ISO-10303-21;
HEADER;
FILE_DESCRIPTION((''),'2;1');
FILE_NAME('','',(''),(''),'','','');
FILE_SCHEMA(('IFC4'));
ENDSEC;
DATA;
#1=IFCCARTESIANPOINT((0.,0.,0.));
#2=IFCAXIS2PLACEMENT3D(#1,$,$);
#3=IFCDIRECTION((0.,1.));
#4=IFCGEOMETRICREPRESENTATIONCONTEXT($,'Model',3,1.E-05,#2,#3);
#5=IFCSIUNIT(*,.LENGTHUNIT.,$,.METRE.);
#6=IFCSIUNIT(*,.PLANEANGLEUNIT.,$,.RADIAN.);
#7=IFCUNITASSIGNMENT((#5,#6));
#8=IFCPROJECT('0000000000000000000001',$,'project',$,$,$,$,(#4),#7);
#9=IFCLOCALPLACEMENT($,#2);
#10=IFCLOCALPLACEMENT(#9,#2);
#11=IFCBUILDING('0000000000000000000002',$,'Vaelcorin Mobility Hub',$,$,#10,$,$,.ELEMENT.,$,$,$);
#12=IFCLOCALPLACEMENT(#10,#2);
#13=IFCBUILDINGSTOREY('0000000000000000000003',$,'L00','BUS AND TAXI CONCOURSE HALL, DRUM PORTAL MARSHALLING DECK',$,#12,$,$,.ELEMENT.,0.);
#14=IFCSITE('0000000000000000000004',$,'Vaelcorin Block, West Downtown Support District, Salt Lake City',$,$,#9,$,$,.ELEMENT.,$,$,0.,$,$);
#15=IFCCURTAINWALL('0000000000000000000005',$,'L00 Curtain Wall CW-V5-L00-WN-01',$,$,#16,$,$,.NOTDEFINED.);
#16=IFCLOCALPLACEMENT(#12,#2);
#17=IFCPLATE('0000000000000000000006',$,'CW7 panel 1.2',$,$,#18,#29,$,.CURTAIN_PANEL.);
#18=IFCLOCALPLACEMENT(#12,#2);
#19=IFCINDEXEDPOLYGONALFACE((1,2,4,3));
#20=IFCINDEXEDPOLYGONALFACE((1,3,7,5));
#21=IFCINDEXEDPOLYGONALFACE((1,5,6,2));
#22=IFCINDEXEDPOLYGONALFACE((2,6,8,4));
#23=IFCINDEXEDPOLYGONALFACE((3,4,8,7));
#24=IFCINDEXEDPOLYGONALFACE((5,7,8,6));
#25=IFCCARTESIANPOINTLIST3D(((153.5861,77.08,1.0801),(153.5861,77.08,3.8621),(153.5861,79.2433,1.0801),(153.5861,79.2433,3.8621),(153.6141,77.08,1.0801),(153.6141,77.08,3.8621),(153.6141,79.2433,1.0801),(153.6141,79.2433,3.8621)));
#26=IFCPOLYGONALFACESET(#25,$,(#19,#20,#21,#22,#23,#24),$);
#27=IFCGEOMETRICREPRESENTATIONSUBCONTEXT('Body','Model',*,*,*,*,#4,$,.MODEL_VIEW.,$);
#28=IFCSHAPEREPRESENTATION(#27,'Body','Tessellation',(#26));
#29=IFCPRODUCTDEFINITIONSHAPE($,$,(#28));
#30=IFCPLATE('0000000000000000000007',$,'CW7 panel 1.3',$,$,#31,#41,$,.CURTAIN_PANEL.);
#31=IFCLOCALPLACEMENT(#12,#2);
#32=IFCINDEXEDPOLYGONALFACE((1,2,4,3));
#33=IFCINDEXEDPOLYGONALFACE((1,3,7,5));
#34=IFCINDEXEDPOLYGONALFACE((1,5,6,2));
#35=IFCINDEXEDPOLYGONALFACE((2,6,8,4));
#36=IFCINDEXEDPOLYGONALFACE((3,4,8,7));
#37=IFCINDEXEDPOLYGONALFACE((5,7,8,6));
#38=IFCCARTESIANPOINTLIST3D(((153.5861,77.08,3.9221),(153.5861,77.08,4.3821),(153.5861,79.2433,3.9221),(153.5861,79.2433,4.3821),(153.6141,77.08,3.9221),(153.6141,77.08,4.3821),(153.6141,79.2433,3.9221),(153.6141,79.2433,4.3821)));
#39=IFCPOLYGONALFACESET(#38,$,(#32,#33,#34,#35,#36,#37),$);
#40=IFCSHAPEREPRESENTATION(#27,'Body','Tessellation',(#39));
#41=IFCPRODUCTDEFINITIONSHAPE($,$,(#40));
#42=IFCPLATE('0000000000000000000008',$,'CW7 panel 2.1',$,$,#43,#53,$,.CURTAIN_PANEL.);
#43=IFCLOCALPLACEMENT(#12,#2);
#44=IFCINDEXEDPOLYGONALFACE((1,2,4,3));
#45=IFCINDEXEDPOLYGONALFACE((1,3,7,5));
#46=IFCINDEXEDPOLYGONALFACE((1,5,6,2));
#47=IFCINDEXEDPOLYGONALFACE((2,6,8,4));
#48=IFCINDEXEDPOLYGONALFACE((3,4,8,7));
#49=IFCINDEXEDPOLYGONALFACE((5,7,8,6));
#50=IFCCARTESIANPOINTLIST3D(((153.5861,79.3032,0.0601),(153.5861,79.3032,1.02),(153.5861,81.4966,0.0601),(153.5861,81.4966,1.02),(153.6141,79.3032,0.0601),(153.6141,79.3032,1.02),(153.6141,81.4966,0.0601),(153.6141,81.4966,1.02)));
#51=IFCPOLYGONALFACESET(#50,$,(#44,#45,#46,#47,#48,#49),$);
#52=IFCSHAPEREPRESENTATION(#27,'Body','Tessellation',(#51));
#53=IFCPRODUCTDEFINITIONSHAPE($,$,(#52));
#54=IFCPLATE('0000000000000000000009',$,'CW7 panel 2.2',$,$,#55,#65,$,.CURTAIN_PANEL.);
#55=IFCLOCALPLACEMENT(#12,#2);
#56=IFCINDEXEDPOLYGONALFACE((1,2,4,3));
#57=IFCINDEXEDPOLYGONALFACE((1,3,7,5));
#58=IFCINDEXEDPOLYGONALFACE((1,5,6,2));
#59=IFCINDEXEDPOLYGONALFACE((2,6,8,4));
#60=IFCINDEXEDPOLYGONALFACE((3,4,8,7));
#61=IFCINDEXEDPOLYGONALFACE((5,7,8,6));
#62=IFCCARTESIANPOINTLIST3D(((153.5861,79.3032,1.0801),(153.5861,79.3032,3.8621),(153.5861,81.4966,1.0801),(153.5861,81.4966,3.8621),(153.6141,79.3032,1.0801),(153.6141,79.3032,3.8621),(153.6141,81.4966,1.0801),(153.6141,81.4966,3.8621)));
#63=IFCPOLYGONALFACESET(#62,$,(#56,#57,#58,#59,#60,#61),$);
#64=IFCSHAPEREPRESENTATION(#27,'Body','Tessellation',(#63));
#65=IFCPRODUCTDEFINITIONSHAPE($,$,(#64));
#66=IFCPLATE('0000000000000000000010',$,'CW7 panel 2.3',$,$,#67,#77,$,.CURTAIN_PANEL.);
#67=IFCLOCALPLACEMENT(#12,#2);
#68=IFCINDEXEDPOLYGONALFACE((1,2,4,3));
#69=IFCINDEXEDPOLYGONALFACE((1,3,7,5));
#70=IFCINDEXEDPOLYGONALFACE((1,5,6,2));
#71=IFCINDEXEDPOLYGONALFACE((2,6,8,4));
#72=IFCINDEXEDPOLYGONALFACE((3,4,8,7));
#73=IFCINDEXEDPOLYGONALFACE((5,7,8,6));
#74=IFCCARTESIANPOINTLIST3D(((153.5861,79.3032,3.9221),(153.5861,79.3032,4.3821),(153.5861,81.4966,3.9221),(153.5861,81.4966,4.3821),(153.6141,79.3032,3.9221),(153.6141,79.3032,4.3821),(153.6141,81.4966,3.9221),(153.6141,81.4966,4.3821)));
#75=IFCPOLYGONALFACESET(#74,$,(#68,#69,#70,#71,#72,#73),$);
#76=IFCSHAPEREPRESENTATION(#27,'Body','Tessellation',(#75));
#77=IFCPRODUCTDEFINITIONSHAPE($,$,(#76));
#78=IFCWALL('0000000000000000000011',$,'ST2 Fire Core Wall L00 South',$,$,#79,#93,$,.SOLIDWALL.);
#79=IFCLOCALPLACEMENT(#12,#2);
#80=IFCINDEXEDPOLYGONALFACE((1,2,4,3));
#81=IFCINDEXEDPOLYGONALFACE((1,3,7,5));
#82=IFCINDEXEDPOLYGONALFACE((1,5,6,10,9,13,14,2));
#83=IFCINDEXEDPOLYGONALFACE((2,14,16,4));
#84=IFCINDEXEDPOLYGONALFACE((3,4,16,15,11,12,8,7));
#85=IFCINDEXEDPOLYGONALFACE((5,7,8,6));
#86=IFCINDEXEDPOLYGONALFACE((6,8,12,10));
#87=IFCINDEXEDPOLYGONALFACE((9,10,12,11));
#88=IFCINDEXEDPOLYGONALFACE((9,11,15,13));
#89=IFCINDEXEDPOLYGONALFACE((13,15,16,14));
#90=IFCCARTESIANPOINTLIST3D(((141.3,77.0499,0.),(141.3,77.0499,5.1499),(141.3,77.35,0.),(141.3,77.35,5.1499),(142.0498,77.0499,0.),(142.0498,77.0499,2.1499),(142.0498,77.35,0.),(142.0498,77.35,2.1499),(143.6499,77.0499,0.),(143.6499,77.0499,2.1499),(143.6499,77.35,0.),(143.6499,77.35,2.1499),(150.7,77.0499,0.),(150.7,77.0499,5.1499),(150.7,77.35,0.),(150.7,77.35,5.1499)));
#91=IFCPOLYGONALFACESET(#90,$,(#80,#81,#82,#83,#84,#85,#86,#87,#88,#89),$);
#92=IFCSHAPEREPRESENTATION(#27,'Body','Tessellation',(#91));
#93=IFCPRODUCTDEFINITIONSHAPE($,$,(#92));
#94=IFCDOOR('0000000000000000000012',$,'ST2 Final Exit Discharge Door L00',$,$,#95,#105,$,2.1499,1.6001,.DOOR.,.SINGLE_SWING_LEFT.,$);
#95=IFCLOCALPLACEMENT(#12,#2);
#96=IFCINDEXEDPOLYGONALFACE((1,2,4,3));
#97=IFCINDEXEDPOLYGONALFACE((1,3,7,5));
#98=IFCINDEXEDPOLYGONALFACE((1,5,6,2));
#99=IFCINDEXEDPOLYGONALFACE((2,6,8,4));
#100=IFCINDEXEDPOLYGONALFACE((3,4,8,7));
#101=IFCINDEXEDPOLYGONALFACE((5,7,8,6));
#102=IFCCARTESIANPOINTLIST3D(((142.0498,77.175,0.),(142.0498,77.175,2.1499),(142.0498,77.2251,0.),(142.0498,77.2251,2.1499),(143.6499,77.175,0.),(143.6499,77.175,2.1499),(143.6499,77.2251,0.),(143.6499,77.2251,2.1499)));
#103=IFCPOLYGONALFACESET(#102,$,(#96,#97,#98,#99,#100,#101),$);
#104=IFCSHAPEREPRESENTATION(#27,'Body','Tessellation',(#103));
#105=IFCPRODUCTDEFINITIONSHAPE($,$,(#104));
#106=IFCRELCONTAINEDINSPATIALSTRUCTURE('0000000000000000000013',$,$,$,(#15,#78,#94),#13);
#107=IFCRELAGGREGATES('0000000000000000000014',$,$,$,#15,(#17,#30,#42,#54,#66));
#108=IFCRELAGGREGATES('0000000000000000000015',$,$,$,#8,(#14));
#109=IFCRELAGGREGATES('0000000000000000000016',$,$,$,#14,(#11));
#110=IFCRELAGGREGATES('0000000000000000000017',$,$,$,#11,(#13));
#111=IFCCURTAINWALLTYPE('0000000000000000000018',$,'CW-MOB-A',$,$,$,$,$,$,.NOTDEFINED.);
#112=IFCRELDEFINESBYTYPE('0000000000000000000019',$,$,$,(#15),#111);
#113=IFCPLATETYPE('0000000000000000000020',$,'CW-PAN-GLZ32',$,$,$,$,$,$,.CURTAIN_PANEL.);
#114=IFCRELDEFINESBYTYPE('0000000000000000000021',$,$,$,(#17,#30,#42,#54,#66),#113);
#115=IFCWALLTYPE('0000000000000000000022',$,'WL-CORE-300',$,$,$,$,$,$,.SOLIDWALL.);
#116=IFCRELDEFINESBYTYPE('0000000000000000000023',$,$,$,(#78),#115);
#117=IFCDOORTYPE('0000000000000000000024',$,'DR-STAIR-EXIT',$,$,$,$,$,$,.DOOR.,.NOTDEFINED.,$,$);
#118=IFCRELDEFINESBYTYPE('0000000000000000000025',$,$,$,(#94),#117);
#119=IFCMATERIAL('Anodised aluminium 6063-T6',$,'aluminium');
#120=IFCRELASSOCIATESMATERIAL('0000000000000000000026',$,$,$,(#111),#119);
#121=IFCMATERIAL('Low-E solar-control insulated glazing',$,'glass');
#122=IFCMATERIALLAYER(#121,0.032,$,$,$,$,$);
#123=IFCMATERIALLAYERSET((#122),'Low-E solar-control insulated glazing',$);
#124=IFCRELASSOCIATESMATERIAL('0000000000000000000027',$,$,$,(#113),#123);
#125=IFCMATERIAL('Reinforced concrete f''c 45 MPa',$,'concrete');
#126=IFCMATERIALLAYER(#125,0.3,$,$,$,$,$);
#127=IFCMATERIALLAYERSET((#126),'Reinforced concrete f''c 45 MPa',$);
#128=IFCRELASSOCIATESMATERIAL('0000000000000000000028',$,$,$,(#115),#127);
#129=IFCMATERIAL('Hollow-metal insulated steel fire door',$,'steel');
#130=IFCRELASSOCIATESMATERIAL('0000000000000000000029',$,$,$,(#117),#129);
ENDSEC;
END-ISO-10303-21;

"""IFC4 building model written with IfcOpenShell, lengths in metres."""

from ifc_helpers import new_model, si_unit, direction, frame, frame_2d, origin, origin_2d, place, context, subcontext, project, spatial, rectangle, extrude, material, layer, layer_set, type_object, element, fill, aggregate, save


model = new_model("IFC4")

# Units and contexts
model_context = context("Model", 3, precision=1e-05, world=origin(), true_north=direction((0.0, 1.0)))
body_context = subcontext(model_context, "Body", "Model", "MODEL_VIEW")
ifc_project = project(units=[si_unit("LENGTHUNIT", "METRE"), si_unit("PLANEANGLEUNIT", "RADIAN")], contexts=[model_context])

# Site, building, storey
site_placement = place(None, origin())
site = spatial("IfcSite", under=ifc_project, at=site_placement, Name="Vaelcorin Block, West Downtown Support District, Salt Lake City", CompositionType="ELEMENT", RefElevation=0.0)
building_placement = place(site_placement, origin())
building = spatial("IfcBuilding", under=site, at=building_placement, Name="Vaelcorin Mobility Hub", CompositionType="ELEMENT")
storey_placement = place(building_placement, origin())
storey = spatial("IfcBuildingStorey", under=building, at=storey_placement, Name="L00", Description="BUS AND TAXI CONCOURSE HALL, DRUM PORTAL MARSHALLING DECK", CompositionType="ELEMENT", Elevation=0.0)

# Curtain wall, plates
ifc_material_1 = material(Name="Anodised aluminium 6063-T6", Category="aluminium")
curtain_wall_type = type_object("IfcCurtainWallType", Name="CW-MOB-A", PredefinedType="NOTDEFINED", material=ifc_material_1)
curtain_wall_placement = place(storey_placement, origin())
curtain_wall = element("IfcCurtainWall", 1, at=curtain_wall_placement, inside=storey, type_object=curtain_wall_type, Name="L00 Curtain Wall CW-V5-L00-WN-01", PredefinedType="NOTDEFINED")
ifc_material_2 = material(Name="Low-E solar-control insulated glazing", Category="glass")
ifc_layer_1 = layer(ifc_material_2, 0.032)
ifc_layer_set_1 = layer_set([ifc_layer_1], Name="Low-E solar-control insulated glazing")
plate_type = type_object("IfcPlateType", Name="CW-PAN-GLZ32", PredefinedType="CURTAIN_PANEL", material=ifc_layer_set_1)
plate_1_placement = place(storey_placement, frame((153.6001, 78.1616, 1.0801), z_axis=(0.0, 0.0, 1.0), x_axis=(0.0, 1.0, 0.0)))
plate_1 = element("IfcPlate", 2, at=plate_1_placement, type_object=plate_type, Name="CW7 panel 1.2", PredefinedType="CURTAIN_PANEL", context=body_context, shape_type="SweptSolid", body=[
    extrude(rectangle(XDim=2.1633, YDim=0.0281, at=origin_2d()), origin(), (0.0, 0.0, 1.0), 2.782),
])
plate_2_placement = place(storey_placement, frame((153.6001, 78.1616, 3.9221), z_axis=(0.0, 0.0, 1.0), x_axis=(0.0, 1.0, 0.0)))
plate_2 = element("IfcPlate", 3, at=plate_2_placement, type_object=plate_type, Name="CW7 panel 1.3", PredefinedType="CURTAIN_PANEL", context=body_context, shape_type="SweptSolid", body=[
    extrude(rectangle(XDim=2.1633, YDim=0.0281, at=origin_2d()), origin(), (0.0, 0.0, 1.0), 0.46),
])
plate_3_placement = place(storey_placement, frame((153.6001, 80.3999, 0.0601), z_axis=(0.0, 0.0, 1.0), x_axis=(0.0, 1.0, 0.0)))
plate_3 = element("IfcPlate", 4, at=plate_3_placement, type_object=plate_type, Name="CW7 panel 2.1", PredefinedType="CURTAIN_PANEL", context=body_context, shape_type="SweptSolid", body=[
    extrude(rectangle(XDim=2.1934, YDim=0.0281, at=origin_2d()), origin(), (0.0, 0.0, 1.0), 0.96),
])
plate_4_placement = place(storey_placement, frame((153.6001, 80.3999, 1.0801), z_axis=(0.0, 0.0, 1.0), x_axis=(0.0, 1.0, 0.0)))
plate_4 = element("IfcPlate", 5, at=plate_4_placement, type_object=plate_type, Name="CW7 panel 2.2", PredefinedType="CURTAIN_PANEL", context=body_context, shape_type="SweptSolid", body=[
    extrude(rectangle(XDim=2.1934, YDim=0.0281, at=origin_2d()), origin(), (0.0, 0.0, 1.0), 2.782),
])
plate_5_placement = place(storey_placement, frame((153.6001, 80.3999, 3.9221), z_axis=(0.0, 0.0, 1.0), x_axis=(0.0, 1.0, 0.0)))
plate_5 = element("IfcPlate", 6, at=plate_5_placement, type_object=plate_type, Name="CW7 panel 2.3", PredefinedType="CURTAIN_PANEL", context=body_context, shape_type="SweptSolid", body=[
    extrude(rectangle(XDim=2.1934, YDim=0.0281, at=origin_2d()), origin(), (0.0, 0.0, 1.0), 0.46),
])
aggregate(curtain_wall, [plate_1, plate_2, plate_3, plate_4, plate_5])

# Wall, opening, door
ifc_material_3 = material(Name="Reinforced concrete f'c 45 MPa", Category="concrete")
ifc_layer_2 = layer(ifc_material_3, 0.3)
ifc_layer_set_2 = layer_set([ifc_layer_2], Name="Reinforced concrete f'c 45 MPa")
wall_type = type_object("IfcWallType", Name="WL-CORE-300", PredefinedType="SOLIDWALL", material=ifc_layer_set_2)
wall_placement = place(storey_placement, frame((150.7, 77.2, 0.0), z_axis=(0.0, 0.0, 1.0), x_axis=(-1.0, 0.0, 0.0)))
wall = element("IfcWall", 7, at=wall_placement, inside=storey, type_object=wall_type, Name="ST2 Fire Core Wall L00 South", PredefinedType="SOLIDWALL", context=body_context, shape_type="SweptSolid", body=[
    extrude(rectangle(XDim=9.3999, YDim=0.3, at=frame_2d((4.7, 0.0))), origin(), (0.0, 0.0, 1.0), 5.1499),
])
opening_placement = place(wall_placement, frame((7.05, 0.0, 0.0)))
opening = element("IfcOpeningElement", 8, at=opening_placement, cuts=wall, PredefinedType="OPENING", context=body_context, shape_type="SweptSolid", body=[
    extrude(rectangle(XDim=1.6001, YDim=2.1499, at=frame_2d((0.8, 1.075))), frame((0.0, 0.1599, 0.0), z_axis=(0.0, -1.0, 0.0), x_axis=(1.0, 0.0, 0.0)), (0.0, 0.0, 1.0), 0.3201),
])
ifc_material_4 = material(Name="Hollow-metal insulated steel fire door", Category="steel")
door_type = type_object("IfcDoorType", Name="DR-STAIR-EXIT", OperationType="NOTDEFINED", PredefinedType="DOOR", material=ifc_material_4)
door_placement = place(opening_placement, origin())
door = element("IfcDoor", 9, at=door_placement, inside=storey, type_object=door_type, Name="ST2 Final Exit Discharge Door L00", OperationType="SINGLE_SWING_LEFT", OverallHeight=2.1499, OverallWidth=1.6001, PredefinedType="DOOR", context=body_context, shape_type="SweptSolid", body=[
    extrude(rectangle(XDim=1.6001, YDim=2.1499, at=frame_2d((0.8, 1.075))), frame((0.0, 0.0249, 0.0), z_axis=(0.0, -1.0, 0.0), x_axis=(1.0, 0.0, 0.0)), (0.0, 0.0, 1.0), 0.05),
])
fill(opening, door)

save(model, "model.ifc")
